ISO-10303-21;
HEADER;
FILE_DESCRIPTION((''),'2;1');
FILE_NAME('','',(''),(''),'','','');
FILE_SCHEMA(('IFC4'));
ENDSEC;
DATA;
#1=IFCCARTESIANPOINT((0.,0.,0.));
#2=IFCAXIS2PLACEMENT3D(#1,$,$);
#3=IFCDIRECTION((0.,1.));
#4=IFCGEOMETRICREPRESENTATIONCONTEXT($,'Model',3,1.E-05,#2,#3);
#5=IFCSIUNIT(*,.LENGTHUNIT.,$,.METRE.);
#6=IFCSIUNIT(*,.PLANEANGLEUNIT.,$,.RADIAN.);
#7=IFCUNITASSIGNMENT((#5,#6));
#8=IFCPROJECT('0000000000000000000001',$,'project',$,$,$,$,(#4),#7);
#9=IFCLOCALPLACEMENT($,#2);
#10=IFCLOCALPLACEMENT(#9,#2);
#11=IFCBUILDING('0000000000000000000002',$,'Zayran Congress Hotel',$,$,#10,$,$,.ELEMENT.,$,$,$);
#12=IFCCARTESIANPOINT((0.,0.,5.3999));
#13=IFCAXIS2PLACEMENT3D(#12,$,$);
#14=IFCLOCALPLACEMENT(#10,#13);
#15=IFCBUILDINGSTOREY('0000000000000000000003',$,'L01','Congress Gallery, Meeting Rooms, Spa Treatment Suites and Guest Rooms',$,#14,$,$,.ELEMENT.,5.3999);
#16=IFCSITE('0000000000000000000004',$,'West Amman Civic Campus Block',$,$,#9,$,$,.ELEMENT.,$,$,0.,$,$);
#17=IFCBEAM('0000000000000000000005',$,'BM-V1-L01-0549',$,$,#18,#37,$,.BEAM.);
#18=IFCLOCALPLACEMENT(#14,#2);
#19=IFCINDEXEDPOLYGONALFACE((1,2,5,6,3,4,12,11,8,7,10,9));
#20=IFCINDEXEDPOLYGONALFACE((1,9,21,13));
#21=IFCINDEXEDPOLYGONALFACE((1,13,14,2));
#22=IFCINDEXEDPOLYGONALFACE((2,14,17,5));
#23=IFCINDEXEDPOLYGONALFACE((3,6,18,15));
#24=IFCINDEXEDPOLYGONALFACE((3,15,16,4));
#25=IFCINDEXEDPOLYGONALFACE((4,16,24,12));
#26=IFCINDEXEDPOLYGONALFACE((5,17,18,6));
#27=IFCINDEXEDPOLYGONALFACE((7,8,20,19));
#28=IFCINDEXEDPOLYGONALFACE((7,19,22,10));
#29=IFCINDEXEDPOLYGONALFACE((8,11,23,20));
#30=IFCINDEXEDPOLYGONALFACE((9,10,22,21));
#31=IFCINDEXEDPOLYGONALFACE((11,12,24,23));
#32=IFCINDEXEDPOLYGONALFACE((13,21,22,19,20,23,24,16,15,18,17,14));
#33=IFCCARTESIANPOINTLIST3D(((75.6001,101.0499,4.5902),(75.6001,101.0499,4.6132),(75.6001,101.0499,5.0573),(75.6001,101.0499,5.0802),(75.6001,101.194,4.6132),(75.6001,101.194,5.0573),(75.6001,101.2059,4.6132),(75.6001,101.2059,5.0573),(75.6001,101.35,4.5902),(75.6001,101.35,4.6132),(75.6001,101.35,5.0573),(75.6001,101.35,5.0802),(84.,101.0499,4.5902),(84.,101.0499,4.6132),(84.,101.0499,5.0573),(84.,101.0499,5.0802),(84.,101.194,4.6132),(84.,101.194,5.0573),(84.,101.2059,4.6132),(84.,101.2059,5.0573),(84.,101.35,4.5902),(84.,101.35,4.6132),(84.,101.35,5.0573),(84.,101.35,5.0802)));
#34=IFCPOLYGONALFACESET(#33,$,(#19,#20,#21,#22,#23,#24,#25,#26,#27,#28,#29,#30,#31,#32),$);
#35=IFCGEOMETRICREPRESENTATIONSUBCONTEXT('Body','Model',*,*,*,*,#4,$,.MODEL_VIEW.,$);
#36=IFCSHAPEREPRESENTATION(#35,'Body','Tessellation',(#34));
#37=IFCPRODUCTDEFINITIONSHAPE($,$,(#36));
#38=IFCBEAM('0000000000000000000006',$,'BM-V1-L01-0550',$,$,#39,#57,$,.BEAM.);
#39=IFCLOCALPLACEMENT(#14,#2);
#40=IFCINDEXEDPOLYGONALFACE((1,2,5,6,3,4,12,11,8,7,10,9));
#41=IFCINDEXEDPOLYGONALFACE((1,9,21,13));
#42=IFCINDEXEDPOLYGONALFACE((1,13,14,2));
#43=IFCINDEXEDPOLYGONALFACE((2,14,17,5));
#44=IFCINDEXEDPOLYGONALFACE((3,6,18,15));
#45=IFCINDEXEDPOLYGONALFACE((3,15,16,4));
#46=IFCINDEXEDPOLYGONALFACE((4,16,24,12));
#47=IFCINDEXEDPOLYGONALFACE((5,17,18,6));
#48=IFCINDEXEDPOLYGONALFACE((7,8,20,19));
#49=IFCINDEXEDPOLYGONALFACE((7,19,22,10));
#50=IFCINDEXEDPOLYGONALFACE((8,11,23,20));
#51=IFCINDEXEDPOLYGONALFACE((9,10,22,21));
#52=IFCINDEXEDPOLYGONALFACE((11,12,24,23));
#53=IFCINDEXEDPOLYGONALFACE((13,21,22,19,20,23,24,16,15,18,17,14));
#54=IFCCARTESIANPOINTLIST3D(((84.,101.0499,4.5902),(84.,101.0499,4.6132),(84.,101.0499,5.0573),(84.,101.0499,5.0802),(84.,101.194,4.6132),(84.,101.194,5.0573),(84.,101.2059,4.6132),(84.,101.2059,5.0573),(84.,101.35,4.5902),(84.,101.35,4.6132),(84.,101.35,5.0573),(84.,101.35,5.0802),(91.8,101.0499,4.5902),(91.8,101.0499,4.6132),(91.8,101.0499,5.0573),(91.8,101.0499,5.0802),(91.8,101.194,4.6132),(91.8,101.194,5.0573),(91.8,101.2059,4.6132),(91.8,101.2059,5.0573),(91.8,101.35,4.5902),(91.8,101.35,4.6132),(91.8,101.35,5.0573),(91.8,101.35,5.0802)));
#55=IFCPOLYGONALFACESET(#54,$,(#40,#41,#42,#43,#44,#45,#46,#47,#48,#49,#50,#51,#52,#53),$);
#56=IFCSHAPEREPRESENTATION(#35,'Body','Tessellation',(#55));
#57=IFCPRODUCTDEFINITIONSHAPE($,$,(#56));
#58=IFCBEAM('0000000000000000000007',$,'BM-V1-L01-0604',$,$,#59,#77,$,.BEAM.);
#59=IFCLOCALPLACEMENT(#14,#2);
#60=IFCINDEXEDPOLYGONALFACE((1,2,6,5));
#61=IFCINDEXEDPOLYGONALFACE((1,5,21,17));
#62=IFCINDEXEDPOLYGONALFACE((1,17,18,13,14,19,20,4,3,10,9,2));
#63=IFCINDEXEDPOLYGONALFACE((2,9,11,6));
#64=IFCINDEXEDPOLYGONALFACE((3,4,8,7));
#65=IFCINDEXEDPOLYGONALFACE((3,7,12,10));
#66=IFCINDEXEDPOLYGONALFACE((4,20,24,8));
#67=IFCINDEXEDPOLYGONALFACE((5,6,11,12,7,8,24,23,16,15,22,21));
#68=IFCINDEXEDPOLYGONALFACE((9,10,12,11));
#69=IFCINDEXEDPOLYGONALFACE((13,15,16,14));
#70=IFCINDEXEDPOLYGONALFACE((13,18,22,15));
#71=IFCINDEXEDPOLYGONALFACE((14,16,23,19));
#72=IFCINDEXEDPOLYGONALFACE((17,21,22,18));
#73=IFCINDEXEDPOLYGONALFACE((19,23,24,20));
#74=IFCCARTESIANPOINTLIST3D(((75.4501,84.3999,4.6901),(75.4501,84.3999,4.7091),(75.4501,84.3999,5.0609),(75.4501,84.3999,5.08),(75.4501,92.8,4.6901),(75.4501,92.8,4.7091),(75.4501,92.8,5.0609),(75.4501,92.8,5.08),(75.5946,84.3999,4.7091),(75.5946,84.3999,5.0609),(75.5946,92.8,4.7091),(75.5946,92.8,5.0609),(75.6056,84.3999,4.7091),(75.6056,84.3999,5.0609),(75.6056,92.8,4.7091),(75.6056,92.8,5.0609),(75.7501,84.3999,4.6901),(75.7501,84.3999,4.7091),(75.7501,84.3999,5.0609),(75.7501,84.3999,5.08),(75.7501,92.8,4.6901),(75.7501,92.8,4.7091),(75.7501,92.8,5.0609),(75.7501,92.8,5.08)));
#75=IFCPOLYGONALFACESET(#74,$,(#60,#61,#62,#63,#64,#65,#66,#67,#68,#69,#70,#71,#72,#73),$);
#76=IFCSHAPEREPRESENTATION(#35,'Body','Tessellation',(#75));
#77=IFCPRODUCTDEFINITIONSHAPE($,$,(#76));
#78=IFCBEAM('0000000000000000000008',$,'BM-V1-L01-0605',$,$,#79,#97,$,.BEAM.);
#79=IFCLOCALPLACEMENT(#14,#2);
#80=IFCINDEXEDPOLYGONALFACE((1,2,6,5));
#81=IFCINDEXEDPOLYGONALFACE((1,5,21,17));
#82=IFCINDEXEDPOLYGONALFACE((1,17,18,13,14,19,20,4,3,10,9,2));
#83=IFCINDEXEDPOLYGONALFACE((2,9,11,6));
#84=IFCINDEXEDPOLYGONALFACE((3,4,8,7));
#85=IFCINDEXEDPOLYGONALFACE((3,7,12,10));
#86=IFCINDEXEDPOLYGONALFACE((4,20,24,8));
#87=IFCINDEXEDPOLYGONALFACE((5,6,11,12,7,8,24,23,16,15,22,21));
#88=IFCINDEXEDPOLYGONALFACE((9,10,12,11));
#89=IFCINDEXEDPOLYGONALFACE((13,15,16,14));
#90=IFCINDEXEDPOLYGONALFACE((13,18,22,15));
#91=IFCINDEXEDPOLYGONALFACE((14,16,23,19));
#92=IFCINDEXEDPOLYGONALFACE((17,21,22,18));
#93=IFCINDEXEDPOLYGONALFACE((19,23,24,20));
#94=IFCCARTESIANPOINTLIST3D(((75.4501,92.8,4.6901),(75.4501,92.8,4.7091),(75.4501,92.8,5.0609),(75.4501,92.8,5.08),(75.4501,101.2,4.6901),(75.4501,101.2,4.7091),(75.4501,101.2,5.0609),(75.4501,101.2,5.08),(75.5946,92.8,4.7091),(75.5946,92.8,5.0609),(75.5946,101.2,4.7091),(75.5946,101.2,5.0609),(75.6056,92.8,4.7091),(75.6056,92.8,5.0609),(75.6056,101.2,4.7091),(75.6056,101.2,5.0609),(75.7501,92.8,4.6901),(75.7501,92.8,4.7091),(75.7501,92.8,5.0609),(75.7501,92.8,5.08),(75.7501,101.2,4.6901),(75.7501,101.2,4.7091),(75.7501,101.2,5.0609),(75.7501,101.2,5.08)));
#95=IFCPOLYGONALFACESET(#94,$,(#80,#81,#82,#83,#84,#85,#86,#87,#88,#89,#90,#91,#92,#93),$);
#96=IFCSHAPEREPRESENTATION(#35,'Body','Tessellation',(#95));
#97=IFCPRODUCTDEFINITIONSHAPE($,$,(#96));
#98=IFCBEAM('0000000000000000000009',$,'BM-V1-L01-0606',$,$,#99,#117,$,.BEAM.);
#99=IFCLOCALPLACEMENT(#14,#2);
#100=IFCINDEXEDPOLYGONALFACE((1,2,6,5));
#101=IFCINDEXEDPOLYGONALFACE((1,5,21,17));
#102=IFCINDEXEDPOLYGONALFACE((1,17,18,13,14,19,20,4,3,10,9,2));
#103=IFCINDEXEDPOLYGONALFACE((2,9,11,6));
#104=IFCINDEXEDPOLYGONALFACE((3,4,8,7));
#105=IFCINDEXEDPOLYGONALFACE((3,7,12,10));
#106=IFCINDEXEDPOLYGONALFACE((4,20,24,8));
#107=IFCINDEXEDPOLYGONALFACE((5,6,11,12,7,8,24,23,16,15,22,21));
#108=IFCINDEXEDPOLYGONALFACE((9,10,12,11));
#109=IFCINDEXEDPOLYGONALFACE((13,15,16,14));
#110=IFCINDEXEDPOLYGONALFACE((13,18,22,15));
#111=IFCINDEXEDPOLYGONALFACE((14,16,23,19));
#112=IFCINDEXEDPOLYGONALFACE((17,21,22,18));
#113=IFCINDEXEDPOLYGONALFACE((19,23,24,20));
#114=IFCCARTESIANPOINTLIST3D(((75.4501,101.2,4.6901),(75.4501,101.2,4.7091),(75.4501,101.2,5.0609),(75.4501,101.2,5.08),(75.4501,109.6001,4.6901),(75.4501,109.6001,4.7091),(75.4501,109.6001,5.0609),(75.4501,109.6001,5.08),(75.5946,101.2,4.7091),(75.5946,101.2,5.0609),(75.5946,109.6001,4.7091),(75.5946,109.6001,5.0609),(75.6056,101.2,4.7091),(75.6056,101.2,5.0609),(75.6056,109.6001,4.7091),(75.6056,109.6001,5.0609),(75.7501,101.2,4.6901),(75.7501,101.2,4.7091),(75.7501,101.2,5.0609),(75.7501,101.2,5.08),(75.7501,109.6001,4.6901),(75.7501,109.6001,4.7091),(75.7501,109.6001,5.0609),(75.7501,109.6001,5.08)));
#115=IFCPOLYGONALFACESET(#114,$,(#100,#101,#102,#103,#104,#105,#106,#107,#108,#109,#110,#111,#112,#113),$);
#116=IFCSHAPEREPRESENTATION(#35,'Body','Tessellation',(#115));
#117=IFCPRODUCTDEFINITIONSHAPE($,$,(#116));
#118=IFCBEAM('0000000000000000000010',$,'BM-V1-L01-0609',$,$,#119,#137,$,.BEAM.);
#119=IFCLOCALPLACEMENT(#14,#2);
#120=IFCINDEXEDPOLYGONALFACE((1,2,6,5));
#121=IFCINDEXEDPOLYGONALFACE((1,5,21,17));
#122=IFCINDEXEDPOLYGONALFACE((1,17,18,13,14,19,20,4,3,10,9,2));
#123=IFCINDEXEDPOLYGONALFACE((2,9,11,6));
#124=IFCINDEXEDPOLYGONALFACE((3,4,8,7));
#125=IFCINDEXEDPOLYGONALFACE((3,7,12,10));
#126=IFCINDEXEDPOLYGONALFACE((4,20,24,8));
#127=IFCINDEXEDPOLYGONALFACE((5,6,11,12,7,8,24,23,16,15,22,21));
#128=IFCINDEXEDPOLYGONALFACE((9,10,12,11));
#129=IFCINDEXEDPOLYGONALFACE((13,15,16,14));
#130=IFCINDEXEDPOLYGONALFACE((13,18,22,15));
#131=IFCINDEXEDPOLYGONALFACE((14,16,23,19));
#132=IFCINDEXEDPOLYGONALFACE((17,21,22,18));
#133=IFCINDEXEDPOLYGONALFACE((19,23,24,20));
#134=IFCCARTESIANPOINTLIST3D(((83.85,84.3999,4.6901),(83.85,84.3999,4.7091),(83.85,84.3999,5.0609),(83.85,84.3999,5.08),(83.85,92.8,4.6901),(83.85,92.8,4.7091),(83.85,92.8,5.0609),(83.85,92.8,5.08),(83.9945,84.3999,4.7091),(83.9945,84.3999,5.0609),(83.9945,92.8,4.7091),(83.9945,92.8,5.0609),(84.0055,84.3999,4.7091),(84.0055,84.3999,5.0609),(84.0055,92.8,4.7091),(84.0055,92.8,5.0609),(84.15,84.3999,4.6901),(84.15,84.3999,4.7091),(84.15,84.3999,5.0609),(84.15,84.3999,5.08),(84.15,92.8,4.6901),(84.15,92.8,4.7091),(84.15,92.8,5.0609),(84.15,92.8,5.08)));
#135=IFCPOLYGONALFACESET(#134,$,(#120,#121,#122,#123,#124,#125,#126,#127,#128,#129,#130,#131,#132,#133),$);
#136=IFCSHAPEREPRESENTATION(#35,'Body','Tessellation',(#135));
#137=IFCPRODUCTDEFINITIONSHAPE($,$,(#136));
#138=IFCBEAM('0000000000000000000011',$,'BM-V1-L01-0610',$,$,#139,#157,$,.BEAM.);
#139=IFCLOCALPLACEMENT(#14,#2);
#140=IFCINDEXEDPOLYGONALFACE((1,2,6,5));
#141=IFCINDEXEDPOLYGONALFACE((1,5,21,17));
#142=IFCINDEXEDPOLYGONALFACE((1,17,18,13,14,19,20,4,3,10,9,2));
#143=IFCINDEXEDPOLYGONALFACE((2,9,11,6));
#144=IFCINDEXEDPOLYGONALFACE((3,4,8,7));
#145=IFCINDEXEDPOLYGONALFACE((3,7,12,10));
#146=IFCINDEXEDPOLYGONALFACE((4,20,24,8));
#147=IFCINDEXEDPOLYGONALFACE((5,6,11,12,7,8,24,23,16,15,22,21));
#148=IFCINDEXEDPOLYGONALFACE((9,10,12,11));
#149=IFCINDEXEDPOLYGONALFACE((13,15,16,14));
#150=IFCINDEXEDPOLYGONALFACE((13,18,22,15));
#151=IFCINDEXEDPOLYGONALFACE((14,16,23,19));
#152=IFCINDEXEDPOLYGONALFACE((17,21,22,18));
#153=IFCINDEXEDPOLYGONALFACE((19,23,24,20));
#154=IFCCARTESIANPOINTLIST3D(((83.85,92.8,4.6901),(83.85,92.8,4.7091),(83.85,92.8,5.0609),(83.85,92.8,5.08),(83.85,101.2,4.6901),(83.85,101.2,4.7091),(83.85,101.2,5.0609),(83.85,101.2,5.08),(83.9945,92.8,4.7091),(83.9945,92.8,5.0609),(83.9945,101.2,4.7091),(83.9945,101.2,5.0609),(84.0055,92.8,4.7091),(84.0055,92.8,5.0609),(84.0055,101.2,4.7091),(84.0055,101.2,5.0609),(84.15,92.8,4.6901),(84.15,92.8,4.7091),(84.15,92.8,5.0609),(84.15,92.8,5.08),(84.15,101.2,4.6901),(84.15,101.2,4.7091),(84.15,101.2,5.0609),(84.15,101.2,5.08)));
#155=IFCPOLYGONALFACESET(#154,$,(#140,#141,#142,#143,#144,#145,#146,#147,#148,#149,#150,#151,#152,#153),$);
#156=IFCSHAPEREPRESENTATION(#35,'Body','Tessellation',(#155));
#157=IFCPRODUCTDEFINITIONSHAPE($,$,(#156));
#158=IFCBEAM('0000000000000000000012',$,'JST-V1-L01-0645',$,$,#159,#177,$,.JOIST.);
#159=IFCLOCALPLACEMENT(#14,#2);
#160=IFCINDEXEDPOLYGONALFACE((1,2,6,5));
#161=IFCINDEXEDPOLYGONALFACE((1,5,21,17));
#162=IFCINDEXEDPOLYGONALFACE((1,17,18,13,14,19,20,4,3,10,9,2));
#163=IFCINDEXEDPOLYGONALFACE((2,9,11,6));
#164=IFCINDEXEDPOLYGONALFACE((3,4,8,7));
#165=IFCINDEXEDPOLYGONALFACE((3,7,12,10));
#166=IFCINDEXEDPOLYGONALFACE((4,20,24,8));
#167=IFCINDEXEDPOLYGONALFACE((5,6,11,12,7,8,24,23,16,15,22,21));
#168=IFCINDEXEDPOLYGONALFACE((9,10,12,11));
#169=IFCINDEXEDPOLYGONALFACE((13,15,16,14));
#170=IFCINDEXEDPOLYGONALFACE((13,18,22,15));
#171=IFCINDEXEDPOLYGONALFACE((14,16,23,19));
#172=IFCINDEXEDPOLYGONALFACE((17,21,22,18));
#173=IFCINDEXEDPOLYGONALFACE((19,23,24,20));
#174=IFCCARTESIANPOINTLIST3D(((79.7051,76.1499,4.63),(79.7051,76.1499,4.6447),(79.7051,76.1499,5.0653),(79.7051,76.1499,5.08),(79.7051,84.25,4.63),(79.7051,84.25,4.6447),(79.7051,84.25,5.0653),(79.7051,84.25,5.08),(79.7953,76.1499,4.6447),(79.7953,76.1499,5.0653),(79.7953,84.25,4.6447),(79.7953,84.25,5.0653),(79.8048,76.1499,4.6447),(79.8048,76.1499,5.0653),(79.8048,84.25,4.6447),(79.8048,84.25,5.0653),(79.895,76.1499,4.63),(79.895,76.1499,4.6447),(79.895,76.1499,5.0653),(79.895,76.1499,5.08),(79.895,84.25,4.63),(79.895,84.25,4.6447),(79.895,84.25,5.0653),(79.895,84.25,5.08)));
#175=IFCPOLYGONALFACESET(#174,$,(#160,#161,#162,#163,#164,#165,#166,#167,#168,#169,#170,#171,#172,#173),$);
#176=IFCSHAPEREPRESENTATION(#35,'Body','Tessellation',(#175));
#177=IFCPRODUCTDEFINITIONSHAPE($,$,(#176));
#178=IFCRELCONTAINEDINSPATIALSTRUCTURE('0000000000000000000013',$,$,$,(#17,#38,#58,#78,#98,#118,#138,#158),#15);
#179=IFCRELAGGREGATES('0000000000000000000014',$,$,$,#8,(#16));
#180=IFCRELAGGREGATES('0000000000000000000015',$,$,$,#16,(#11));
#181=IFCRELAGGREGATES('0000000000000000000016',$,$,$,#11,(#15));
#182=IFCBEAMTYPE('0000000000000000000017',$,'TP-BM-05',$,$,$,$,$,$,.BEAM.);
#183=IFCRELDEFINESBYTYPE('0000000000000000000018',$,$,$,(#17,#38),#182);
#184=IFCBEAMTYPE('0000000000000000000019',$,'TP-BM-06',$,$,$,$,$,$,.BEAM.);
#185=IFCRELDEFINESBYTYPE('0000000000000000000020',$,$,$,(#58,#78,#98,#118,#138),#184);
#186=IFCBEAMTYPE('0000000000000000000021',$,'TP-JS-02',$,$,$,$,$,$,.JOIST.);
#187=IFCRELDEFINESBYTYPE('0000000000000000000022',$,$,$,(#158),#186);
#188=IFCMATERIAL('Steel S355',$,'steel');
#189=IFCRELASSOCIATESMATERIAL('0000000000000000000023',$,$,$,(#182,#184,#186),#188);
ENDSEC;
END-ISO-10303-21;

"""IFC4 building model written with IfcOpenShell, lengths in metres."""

from ifc_helpers import new_model, si_unit, direction, frame, origin, origin_2d, place, context, subcontext, project, spatial, i_section, extrude, material, material_profile, profile_set, type_object, element, save


model = new_model("IFC4")

# Units and contexts
model_context = context("Model", 3, precision=1e-05, world=origin(), true_north=direction((0.0, 1.0)))
body_context = subcontext(model_context, "Body", "Model", "MODEL_VIEW")
ifc_project = project(units=[si_unit("LENGTHUNIT", "METRE"), si_unit("PLANEANGLEUNIT", "RADIAN")], contexts=[model_context])

# Site, building, storey
site_placement = place(None, origin())
site = spatial("IfcSite", under=ifc_project, at=site_placement, Name="West Amman Civic Campus Block", CompositionType="ELEMENT", RefElevation=0.0)
building_placement = place(site_placement, origin())
building = spatial("IfcBuilding", under=site, at=building_placement, Name="Zayran Congress Hotel", CompositionType="ELEMENT")
storey_placement = place(building_placement, frame((0.0, 0.0, 5.3999)))
storey = spatial("IfcBuildingStorey", under=building, at=storey_placement, Name="L01", Description="Congress Gallery, Meeting Rooms, Spa Treatment Suites and Guest Rooms", CompositionType="ELEMENT", Elevation=5.3999)

# Beams
ifc_material_1 = material(Name="Steel S355", Category="steel")
ifc_material_profile_1 = material_profile(ifc_material_1, i_section(OverallWidth=0.3, OverallDepth=0.49, WebThickness=0.012, FlangeThickness=0.0229, at=origin_2d()), Name="HEA 500")
ifc_profile_set_1 = profile_set([ifc_material_profile_1], Name="Steel S355")
beam_type_1 = type_object("IfcBeamType", Name="TP-BM-05", PredefinedType="BEAM", material=ifc_profile_set_1)
beam_1_placement = place(storey_placement, frame((75.6001, 101.2, 4.8352), z_axis=(1.0, 0.0, 0.0), x_axis=(0.0, 1.0, 0.0)))
element("IfcBeam", 1, at=beam_1_placement, inside=storey, type_object=beam_type_1, Name="BM-V1-L01-0549", PredefinedType="BEAM", context=body_context, shape_type="SweptSolid", body=[
    extrude(i_section(OverallWidth=0.3, OverallDepth=0.49, WebThickness=0.012, FlangeThickness=0.0229, at=origin_2d()), origin(), (0.0, 0.0, 1.0), 8.3999),
])
beam_2_placement = place(storey_placement, frame((84.0, 101.2, 4.8352), z_axis=(1.0, 0.0, 0.0), x_axis=(0.0, 1.0, 0.0)))
element("IfcBeam", 2, at=beam_2_placement, inside=storey, type_object=beam_type_1, Name="BM-V1-L01-0550", PredefinedType="BEAM", context=body_context, shape_type="SweptSolid", body=[
    extrude(i_section(OverallWidth=0.3, OverallDepth=0.49, WebThickness=0.012, FlangeThickness=0.0229, at=origin_2d()), origin(), (0.0, 0.0, 1.0), 7.8),
])
ifc_material_profile_2 = material_profile(ifc_material_1, i_section(OverallWidth=0.3, OverallDepth=0.3899, WebThickness=0.011, FlangeThickness=0.019, at=origin_2d()), Name="HEA 400")
ifc_profile_set_2 = profile_set([ifc_material_profile_2], Name="Steel S355")
beam_type_2 = type_object("IfcBeamType", Name="TP-BM-06", PredefinedType="BEAM", material=ifc_profile_set_2)
beam_3_placement = place(storey_placement, frame((75.6001, 84.3999, 4.885), z_axis=(0.0, 1.0, 0.0), x_axis=(-1.0, 0.0, 0.0)))
element("IfcBeam", 3, at=beam_3_placement, inside=storey, type_object=beam_type_2, Name="BM-V1-L01-0604", PredefinedType="BEAM", context=body_context, shape_type="SweptSolid", body=[
    extrude(i_section(OverallWidth=0.3, OverallDepth=0.3899, WebThickness=0.011, FlangeThickness=0.019, at=origin_2d()), origin(), (0.0, 0.0, 1.0), 8.4001),
])
beam_4_placement = place(storey_placement, frame((75.6001, 92.8, 4.885), z_axis=(0.0, 1.0, 0.0), x_axis=(-1.0, 0.0, 0.0)))
element("IfcBeam", 4, at=beam_4_placement, inside=storey, type_object=beam_type_2, Name="BM-V1-L01-0605", PredefinedType="BEAM", context=body_context, shape_type="SweptSolid", body=[
    extrude(i_section(OverallWidth=0.3, OverallDepth=0.3899, WebThickness=0.011, FlangeThickness=0.019, at=origin_2d()), origin(), (0.0, 0.0, 1.0), 8.3999),
])
for number, where, z_axis, x_axis, name in (
    (5, (75.6001, 101.2, 4.885), (0.0, 1.0, 0.0), (-1.0, 0.0, 0.0), "BM-V1-L01-0606"),
    (6, (84.0, 84.3999, 4.885), (0.0, 1.0, 0.0), (-1.0, 0.0, 0.0), "BM-V1-L01-0609"),
):
    element("IfcBeam", number, at=place(storey_placement, frame(where, z_axis=z_axis, x_axis=x_axis)), inside=storey, type_object=beam_type_2, Name=name, PredefinedType="BEAM", context=body_context, shape_type="SweptSolid", body=[
        extrude(i_section(OverallWidth=0.3, OverallDepth=0.3899, WebThickness=0.011, FlangeThickness=0.019, at=origin_2d()), origin(), (0.0, 0.0, 1.0), 8.4001),
    ])
beam_5_placement = place(storey_placement, frame((84.0, 92.8, 4.885), z_axis=(0.0, 1.0, 0.0), x_axis=(-1.0, 0.0, 0.0)))
element("IfcBeam", 7, at=beam_5_placement, inside=storey, type_object=beam_type_2, Name="BM-V1-L01-0610", PredefinedType="BEAM", context=body_context, shape_type="SweptSolid", body=[
    extrude(i_section(OverallWidth=0.3, OverallDepth=0.3899, WebThickness=0.011, FlangeThickness=0.019, at=origin_2d()), origin(), (0.0, 0.0, 1.0), 8.3999),
])
ifc_material_profile_3 = material_profile(ifc_material_1, i_section(OverallWidth=0.1899, OverallDepth=0.45, WebThickness=0.0095, FlangeThickness=0.0146, at=origin_2d()), Name="IPE 450")
ifc_profile_set_3 = profile_set([ifc_material_profile_3], Name="Steel S355")
beam_type_3 = type_object("IfcBeamType", Name="TP-JS-02", PredefinedType="JOIST", material=ifc_profile_set_3)
beam_6_placement = place(storey_placement, frame((79.8, 76.1499, 4.855), z_axis=(0.0, 1.0, 0.0), x_axis=(-1.0, 0.0, 0.0)))
element("IfcBeam", 8, at=beam_6_placement, inside=storey, type_object=beam_type_3, Name="JST-V1-L01-0645", PredefinedType="JOIST", context=body_context, shape_type="SweptSolid", body=[
    extrude(i_section(OverallWidth=0.1899, OverallDepth=0.45, WebThickness=0.0095, FlangeThickness=0.0146, at=origin_2d()), origin(), (0.0, 0.0, 1.0), 8.1001),
])

save(model, "model.ifc")
